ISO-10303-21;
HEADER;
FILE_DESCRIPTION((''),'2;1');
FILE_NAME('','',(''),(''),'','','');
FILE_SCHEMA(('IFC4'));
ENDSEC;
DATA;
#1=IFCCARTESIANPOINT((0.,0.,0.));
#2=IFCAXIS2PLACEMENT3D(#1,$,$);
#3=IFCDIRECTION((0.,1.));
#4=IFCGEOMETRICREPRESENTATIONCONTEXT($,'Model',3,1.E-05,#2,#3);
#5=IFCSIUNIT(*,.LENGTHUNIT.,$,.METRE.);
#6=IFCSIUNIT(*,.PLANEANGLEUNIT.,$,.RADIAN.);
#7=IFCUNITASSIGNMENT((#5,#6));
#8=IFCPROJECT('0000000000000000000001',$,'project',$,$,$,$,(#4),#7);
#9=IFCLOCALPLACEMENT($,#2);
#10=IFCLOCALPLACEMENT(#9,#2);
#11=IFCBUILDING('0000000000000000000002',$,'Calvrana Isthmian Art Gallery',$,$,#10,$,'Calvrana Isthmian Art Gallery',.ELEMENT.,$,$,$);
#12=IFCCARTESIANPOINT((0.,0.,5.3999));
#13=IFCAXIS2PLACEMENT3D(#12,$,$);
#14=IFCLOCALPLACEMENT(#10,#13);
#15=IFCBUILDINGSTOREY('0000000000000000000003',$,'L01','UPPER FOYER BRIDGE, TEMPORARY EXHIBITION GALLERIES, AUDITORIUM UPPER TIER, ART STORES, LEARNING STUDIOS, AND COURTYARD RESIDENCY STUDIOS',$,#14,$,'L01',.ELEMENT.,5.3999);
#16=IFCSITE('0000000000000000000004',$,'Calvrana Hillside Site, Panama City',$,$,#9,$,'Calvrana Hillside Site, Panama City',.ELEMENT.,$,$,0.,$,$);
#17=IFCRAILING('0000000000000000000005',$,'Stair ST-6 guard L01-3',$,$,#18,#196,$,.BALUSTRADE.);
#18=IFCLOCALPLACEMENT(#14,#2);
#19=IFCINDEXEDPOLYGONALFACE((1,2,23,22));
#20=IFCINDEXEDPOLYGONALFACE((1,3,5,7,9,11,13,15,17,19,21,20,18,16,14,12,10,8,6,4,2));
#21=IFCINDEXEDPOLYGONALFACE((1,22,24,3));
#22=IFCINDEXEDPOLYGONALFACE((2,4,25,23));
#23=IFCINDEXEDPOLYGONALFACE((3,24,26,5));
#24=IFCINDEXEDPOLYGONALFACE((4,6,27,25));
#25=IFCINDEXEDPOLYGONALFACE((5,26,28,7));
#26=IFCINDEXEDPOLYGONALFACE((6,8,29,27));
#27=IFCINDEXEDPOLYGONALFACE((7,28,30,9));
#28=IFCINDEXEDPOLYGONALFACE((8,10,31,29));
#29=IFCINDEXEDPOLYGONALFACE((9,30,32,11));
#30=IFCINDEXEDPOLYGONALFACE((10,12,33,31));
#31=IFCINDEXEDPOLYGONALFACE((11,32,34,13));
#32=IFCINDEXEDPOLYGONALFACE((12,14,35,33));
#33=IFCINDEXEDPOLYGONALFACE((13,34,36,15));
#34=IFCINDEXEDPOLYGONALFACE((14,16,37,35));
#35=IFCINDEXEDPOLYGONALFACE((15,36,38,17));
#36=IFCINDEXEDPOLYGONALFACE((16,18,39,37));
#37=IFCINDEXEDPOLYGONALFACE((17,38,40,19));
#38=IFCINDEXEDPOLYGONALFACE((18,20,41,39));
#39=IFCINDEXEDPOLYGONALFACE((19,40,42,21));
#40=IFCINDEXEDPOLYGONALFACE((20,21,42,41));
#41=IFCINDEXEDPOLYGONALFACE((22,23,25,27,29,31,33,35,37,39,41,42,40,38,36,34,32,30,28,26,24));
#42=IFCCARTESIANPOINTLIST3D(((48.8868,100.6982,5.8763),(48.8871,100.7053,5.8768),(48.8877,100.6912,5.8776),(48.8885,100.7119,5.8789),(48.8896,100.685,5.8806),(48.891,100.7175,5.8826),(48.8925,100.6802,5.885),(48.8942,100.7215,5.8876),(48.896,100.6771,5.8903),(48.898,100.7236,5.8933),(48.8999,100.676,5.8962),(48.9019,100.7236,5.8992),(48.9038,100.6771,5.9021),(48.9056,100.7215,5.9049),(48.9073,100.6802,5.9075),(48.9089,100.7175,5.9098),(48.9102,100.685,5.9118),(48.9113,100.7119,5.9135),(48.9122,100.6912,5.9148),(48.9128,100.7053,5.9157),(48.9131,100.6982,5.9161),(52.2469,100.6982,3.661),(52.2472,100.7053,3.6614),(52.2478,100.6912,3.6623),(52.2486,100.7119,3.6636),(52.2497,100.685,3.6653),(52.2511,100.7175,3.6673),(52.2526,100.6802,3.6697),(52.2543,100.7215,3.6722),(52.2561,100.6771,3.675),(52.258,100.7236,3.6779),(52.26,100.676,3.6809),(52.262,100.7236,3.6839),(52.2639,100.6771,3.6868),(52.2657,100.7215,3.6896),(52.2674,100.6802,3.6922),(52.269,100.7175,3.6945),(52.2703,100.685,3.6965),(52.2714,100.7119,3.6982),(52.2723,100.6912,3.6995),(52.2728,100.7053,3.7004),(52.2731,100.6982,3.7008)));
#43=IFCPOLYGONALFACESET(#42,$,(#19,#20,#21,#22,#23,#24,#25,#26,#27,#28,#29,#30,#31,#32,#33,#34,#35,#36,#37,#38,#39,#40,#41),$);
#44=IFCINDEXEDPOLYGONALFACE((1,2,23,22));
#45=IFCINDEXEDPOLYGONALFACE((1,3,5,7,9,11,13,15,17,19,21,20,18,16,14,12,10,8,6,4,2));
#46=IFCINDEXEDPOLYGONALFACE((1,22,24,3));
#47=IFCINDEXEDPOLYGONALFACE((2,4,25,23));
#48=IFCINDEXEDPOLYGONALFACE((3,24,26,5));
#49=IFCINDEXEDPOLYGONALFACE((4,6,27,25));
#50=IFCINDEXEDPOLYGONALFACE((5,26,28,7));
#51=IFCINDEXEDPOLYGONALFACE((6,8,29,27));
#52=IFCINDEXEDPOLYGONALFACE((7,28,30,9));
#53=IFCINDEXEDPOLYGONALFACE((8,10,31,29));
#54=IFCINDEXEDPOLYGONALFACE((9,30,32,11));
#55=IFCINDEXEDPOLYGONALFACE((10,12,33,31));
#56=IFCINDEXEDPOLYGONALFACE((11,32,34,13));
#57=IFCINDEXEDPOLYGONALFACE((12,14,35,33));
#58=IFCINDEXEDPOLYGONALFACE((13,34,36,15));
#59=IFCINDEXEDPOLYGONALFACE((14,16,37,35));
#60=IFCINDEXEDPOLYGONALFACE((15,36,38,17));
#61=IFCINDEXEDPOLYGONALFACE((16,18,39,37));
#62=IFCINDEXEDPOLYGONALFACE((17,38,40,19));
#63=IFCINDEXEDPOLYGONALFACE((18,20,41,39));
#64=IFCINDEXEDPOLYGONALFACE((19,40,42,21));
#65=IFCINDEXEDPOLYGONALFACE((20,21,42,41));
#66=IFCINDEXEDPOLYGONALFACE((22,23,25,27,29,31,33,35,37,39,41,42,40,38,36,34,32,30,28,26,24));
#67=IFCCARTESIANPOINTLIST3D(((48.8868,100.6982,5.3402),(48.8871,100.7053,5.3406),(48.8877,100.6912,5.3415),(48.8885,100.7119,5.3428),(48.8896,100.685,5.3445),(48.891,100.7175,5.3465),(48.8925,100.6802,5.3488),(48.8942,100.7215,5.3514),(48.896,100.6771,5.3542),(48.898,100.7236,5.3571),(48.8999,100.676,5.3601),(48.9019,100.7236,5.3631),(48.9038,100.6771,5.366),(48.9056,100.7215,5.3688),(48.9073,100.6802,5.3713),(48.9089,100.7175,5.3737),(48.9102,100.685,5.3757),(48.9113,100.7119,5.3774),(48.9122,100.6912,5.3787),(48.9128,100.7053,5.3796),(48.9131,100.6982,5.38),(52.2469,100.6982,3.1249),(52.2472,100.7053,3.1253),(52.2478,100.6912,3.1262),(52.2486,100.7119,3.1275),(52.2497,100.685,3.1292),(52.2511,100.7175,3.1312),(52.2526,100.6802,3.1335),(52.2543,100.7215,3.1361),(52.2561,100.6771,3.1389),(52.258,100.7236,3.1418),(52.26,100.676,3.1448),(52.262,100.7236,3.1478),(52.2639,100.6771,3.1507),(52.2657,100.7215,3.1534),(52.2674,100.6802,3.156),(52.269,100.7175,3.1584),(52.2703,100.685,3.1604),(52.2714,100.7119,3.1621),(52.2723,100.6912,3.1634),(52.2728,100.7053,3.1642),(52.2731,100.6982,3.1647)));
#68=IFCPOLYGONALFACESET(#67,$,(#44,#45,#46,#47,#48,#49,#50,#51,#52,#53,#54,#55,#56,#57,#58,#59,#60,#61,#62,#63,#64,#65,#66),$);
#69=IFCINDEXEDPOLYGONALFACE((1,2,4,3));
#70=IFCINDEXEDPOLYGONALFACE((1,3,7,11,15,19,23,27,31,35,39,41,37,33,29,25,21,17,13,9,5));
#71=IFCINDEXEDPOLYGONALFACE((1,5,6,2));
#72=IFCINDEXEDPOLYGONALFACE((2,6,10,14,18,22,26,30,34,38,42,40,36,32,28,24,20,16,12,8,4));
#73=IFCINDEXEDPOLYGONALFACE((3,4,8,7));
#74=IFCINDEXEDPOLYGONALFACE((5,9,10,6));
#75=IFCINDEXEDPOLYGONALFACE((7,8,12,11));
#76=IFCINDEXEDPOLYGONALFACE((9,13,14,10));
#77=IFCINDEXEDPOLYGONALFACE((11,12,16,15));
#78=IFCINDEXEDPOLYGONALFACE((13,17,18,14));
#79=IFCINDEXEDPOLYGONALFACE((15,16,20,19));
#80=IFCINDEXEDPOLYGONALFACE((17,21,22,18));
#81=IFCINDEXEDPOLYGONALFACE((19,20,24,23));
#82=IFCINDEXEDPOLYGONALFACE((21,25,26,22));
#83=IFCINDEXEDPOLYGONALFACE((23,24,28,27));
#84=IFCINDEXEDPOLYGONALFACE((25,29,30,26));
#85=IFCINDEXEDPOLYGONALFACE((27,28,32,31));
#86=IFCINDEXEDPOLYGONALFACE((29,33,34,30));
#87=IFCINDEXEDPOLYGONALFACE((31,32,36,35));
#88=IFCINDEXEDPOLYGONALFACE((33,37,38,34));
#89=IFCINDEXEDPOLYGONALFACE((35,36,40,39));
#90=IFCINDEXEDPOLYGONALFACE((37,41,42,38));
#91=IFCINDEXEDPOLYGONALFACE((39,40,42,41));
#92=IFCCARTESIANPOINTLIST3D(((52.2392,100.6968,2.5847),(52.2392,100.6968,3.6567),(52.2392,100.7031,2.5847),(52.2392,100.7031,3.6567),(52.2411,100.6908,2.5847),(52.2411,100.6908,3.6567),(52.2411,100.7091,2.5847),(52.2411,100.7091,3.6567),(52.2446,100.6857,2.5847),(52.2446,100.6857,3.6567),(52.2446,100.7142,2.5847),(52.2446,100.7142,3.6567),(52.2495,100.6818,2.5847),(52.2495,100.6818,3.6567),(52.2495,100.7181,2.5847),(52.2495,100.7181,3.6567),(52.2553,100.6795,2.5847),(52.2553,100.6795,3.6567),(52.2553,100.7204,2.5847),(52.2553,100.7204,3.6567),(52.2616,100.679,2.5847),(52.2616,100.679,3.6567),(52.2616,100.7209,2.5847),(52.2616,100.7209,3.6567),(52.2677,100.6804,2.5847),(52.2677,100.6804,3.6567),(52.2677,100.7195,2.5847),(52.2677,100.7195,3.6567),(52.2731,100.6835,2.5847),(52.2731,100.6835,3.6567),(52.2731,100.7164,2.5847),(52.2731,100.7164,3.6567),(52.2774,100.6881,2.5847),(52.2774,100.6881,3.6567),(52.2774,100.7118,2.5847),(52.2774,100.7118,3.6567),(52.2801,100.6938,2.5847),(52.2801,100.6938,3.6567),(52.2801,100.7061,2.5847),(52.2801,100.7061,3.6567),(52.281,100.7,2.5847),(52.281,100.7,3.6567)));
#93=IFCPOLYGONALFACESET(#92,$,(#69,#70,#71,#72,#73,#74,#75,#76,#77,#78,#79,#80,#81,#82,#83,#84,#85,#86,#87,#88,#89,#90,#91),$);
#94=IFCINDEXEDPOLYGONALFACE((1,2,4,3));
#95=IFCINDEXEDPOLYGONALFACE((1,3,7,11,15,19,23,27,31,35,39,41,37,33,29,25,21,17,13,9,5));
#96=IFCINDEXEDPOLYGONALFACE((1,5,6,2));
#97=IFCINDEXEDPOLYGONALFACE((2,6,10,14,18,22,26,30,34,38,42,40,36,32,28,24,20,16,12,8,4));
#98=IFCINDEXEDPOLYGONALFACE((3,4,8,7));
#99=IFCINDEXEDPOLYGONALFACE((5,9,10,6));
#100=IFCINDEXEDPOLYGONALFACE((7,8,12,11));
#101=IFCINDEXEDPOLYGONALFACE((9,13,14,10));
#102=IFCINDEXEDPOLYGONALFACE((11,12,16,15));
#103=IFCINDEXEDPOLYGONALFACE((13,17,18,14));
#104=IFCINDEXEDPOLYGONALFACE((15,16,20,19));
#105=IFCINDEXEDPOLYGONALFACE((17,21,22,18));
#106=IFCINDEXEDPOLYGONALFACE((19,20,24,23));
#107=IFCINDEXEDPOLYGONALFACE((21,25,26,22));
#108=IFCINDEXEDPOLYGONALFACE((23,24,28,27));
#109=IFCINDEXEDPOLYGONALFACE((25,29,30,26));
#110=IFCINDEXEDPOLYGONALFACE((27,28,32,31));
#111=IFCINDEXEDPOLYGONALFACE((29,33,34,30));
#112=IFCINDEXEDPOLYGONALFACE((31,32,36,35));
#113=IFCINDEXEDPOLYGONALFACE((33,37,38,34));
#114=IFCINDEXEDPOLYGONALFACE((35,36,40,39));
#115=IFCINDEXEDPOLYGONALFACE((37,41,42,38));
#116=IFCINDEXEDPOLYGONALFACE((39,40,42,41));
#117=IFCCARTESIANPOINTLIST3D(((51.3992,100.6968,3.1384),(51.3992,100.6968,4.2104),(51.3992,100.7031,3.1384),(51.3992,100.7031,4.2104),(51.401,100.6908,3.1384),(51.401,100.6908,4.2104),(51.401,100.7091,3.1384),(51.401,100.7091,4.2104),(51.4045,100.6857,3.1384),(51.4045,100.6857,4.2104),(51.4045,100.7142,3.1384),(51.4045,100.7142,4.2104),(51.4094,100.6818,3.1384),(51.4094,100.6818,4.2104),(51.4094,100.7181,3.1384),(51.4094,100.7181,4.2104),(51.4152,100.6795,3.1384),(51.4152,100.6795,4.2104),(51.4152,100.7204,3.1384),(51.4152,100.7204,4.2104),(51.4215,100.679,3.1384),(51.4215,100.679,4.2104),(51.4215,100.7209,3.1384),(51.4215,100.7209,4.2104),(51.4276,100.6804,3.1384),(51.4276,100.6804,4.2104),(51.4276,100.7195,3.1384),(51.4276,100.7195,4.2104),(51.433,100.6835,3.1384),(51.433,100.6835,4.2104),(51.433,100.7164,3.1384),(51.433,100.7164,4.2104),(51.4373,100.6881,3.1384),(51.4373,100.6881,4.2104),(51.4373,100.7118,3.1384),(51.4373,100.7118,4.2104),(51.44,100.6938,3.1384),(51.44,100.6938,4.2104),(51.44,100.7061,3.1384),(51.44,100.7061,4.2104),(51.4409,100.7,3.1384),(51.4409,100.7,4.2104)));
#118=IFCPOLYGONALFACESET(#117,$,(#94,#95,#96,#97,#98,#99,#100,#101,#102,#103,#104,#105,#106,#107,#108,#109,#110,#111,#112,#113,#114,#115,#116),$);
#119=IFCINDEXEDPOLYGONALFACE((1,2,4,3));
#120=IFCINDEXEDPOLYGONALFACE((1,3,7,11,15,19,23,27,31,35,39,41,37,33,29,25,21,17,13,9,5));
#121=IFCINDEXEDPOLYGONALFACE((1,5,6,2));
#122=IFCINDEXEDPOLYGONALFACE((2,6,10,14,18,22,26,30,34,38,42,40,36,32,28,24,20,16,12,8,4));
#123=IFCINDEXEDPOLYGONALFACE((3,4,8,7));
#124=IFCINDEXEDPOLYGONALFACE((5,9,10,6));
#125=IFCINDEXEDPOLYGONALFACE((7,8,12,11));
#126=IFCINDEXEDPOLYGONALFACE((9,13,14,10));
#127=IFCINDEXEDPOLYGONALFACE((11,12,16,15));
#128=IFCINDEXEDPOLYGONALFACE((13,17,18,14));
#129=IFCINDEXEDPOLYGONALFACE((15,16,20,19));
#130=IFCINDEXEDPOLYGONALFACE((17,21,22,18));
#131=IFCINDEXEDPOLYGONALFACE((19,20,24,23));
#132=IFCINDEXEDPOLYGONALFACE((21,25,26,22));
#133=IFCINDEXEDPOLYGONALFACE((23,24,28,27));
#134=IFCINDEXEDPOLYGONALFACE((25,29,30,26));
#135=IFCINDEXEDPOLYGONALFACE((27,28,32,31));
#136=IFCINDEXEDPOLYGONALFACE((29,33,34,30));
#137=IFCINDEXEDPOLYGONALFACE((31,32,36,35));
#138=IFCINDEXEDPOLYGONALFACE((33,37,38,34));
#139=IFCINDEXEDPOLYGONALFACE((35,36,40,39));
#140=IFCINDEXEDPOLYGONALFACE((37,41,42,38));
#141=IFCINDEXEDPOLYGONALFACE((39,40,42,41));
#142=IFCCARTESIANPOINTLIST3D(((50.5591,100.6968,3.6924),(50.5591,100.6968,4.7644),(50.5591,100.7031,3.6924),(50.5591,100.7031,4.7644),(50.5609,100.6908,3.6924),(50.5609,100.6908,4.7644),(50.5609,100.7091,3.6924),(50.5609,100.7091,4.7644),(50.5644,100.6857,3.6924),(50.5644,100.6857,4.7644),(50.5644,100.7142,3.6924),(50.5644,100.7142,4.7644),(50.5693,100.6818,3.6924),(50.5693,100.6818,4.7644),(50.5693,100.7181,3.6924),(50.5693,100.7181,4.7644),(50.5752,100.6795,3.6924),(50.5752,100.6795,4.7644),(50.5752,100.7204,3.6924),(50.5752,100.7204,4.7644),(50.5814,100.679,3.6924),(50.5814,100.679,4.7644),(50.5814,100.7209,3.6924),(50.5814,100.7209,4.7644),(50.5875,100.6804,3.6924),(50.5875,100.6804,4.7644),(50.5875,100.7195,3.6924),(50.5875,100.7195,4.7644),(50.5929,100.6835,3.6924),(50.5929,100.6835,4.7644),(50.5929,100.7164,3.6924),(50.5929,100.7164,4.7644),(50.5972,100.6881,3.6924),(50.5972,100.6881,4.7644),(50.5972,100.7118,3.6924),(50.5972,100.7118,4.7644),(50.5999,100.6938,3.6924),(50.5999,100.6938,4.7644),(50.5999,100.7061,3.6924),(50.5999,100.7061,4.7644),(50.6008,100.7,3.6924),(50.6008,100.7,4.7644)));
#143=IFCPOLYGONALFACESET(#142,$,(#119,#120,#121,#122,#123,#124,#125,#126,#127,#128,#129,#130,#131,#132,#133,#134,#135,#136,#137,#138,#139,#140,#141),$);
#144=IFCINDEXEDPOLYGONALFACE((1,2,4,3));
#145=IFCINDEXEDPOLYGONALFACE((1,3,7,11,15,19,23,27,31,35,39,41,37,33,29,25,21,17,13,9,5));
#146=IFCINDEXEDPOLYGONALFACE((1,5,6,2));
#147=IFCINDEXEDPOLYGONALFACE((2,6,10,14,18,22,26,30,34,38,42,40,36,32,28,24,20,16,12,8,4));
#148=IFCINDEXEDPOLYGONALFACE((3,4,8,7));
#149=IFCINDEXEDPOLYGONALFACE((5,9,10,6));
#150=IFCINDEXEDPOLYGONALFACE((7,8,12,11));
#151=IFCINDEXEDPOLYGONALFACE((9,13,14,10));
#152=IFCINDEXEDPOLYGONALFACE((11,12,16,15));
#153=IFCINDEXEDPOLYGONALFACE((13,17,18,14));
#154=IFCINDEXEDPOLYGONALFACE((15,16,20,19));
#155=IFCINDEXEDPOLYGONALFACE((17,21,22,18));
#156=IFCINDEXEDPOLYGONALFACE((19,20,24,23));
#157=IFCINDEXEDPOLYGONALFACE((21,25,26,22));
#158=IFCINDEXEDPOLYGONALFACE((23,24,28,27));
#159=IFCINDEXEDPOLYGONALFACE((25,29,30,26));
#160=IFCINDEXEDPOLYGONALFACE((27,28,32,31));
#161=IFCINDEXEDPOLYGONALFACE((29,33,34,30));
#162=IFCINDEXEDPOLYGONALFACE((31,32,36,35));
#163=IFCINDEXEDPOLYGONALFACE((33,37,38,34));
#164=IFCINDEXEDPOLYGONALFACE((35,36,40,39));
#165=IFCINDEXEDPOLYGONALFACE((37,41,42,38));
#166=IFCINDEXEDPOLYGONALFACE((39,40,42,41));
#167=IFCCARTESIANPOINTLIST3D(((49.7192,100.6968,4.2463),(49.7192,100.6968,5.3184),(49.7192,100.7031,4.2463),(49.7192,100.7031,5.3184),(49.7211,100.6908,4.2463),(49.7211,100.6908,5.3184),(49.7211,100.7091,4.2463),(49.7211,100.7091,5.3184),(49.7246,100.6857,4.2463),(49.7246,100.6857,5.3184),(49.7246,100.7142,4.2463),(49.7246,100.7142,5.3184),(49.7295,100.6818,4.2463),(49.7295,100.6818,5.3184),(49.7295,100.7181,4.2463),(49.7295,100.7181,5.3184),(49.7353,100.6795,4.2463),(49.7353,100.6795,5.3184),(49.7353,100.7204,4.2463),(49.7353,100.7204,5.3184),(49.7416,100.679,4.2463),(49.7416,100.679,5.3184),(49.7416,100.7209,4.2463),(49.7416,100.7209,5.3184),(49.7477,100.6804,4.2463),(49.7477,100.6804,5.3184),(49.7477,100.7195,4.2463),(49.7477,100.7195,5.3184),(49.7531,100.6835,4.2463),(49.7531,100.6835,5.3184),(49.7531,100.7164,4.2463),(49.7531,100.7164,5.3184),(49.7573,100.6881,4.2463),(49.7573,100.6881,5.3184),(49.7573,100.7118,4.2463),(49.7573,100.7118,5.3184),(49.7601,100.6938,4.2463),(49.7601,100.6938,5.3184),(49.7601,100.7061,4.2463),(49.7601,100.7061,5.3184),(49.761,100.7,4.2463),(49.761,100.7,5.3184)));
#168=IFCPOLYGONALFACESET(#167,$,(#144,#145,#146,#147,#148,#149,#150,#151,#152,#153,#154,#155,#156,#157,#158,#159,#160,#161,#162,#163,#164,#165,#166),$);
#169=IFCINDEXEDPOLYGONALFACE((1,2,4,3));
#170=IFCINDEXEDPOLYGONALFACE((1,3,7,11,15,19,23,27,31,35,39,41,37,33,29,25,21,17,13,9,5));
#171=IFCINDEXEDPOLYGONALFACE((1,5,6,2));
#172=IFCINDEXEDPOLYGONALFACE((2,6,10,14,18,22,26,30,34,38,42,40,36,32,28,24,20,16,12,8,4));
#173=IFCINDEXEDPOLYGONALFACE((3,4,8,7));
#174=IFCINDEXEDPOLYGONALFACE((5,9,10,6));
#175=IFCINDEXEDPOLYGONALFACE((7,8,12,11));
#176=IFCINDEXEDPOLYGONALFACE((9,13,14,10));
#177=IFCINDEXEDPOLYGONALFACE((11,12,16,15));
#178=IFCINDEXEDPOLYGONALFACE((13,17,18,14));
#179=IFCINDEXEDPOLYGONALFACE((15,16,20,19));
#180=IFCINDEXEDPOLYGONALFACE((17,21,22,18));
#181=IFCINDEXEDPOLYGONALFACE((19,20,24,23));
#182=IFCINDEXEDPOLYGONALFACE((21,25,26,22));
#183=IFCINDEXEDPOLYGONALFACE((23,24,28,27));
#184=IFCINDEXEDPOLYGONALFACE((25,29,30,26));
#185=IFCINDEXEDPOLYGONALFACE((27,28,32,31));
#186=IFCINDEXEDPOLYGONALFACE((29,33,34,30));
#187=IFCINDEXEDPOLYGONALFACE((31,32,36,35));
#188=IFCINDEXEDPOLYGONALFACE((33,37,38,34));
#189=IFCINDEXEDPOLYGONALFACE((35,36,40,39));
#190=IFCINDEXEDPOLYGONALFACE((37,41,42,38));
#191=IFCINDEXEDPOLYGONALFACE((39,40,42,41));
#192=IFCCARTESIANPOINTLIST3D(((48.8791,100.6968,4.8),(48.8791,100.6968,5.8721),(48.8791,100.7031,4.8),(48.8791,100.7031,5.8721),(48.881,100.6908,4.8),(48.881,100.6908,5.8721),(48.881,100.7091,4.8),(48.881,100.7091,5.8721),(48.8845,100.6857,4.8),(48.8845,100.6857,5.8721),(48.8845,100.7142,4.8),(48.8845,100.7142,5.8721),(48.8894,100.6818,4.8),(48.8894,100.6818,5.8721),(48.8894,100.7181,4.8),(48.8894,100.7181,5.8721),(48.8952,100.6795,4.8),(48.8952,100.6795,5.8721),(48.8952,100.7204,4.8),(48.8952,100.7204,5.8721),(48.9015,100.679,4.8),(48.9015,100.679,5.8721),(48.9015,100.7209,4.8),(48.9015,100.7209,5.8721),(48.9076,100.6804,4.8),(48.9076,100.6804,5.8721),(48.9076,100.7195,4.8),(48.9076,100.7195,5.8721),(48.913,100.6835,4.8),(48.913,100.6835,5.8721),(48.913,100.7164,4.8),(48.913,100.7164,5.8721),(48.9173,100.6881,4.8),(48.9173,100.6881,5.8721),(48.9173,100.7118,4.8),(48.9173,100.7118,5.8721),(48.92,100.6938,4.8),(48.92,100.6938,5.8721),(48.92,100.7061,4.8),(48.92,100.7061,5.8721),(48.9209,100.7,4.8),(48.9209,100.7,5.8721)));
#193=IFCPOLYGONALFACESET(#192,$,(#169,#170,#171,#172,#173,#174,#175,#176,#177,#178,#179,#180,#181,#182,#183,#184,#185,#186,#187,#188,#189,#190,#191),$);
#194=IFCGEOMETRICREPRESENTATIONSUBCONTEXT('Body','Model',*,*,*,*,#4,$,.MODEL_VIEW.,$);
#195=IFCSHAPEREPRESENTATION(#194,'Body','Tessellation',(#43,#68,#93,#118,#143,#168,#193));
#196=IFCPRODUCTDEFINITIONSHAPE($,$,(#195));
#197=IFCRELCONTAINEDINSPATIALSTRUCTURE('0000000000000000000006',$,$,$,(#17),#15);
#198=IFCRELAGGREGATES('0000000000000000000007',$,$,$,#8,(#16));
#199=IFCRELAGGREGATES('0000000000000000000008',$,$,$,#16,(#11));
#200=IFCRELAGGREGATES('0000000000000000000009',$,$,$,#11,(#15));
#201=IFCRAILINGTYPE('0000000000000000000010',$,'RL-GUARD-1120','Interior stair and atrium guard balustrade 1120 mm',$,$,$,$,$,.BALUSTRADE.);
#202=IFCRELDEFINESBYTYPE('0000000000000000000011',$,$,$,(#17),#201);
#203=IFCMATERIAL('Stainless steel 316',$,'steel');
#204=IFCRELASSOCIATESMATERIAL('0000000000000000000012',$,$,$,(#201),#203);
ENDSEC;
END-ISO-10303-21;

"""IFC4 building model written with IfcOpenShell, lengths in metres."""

from ifc_helpers import new_model, si_unit, direction, frame, origin, origin_2d, place, context, subcontext, project, spatial, circle, extrude, material, type_object, element, save


model = new_model("IFC4")

# Units and contexts
model_context = context("Model", 3, precision=1e-05, world=origin(), true_north=direction((0.0, 1.0)))
body_context = subcontext(model_context, "Body", "Model", "MODEL_VIEW")
ifc_project = project(units=[si_unit("LENGTHUNIT", "METRE"), si_unit("PLANEANGLEUNIT", "RADIAN")], contexts=[model_context])

# Site, building, storey
site_placement = place(None, origin())
site = spatial("IfcSite", under=ifc_project, at=site_placement, Name="Calvrana Hillside Site, Panama City", LongName="Calvrana Hillside Site, Panama City", CompositionType="ELEMENT", RefElevation=0.0)
building_placement = place(site_placement, origin())
building = spatial("IfcBuilding", under=site, at=building_placement, Name="Calvrana Isthmian Art Gallery", LongName="Calvrana Isthmian Art Gallery", CompositionType="ELEMENT")
storey_placement = place(building_placement, frame((0.0, 0.0, 5.3999)))
storey = spatial("IfcBuildingStorey", under=building, at=storey_placement, Name="L01", Description="UPPER FOYER BRIDGE, TEMPORARY EXHIBITION GALLERIES, AUDITORIUM UPPER TIER, ART STORES, LEARNING STUDIOS, AND COURTYARD RESIDENCY STUDIOS", LongName="L01", CompositionType="ELEMENT", Elevation=5.3999)

# Railing
ifc_material_1 = material(Name="Stainless steel 316", Category="steel")
railing_type_1 = type_object("IfcRailingType", Name="RL-GUARD-1120", Description="Interior stair and atrium guard balustrade 1120 mm", PredefinedType="BALUSTRADE", material=ifc_material_1)
railing_1_placement = place(storey_placement, frame((52.26, 100.7, 2.5847)))
element("IfcRailing", 1, at=railing_1_placement, inside=storey, type_object=railing_type_1, Name="Stair ST-6 guard L01-3", PredefinedType="BALUSTRADE", context=body_context, shape_type="SweptSolid", body=[
    extrude(circle(Radius=0.0239, at=origin_2d()), frame((0.0, 0.0, 1.0962), z_axis=(-0.834876, 0.0, 0.550437), x_axis=(0.0, -1.0, 0.0)), (0.0, 0.0, 1.0), 4.0247),
    extrude(circle(Radius=0.0239, at=origin_2d()), frame((0.0, 0.0, 0.5601), z_axis=(-0.834876, 0.0, 0.550437), x_axis=(0.0, -1.0, 0.0)), (0.0, 0.0, 1.0), 4.0247),
    extrude(circle(Radius=0.021, at=origin_2d()), origin(), (0.0, 0.0, 1.0), 1.072),
    extrude(circle(Radius=0.021, at=origin_2d()), frame((-0.8401, 0.0, 0.5537)), (0.0, 0.0, 1.0), 1.072),
    extrude(circle(Radius=0.021, at=origin_2d()), frame((-1.6802, 0.0, 1.1077)), (0.0, 0.0, 1.0), 1.072),
    extrude(circle(Radius=0.021, at=origin_2d()), frame((-2.52, 0.0, 1.6616)), (0.0, 0.0, 1.0), 1.072),
    extrude(circle(Radius=0.021, at=origin_2d()), frame((-3.3601, 0.0, 2.2153)), (0.0, 0.0, 1.0), 1.072),
])

save(model, "model.ifc")
